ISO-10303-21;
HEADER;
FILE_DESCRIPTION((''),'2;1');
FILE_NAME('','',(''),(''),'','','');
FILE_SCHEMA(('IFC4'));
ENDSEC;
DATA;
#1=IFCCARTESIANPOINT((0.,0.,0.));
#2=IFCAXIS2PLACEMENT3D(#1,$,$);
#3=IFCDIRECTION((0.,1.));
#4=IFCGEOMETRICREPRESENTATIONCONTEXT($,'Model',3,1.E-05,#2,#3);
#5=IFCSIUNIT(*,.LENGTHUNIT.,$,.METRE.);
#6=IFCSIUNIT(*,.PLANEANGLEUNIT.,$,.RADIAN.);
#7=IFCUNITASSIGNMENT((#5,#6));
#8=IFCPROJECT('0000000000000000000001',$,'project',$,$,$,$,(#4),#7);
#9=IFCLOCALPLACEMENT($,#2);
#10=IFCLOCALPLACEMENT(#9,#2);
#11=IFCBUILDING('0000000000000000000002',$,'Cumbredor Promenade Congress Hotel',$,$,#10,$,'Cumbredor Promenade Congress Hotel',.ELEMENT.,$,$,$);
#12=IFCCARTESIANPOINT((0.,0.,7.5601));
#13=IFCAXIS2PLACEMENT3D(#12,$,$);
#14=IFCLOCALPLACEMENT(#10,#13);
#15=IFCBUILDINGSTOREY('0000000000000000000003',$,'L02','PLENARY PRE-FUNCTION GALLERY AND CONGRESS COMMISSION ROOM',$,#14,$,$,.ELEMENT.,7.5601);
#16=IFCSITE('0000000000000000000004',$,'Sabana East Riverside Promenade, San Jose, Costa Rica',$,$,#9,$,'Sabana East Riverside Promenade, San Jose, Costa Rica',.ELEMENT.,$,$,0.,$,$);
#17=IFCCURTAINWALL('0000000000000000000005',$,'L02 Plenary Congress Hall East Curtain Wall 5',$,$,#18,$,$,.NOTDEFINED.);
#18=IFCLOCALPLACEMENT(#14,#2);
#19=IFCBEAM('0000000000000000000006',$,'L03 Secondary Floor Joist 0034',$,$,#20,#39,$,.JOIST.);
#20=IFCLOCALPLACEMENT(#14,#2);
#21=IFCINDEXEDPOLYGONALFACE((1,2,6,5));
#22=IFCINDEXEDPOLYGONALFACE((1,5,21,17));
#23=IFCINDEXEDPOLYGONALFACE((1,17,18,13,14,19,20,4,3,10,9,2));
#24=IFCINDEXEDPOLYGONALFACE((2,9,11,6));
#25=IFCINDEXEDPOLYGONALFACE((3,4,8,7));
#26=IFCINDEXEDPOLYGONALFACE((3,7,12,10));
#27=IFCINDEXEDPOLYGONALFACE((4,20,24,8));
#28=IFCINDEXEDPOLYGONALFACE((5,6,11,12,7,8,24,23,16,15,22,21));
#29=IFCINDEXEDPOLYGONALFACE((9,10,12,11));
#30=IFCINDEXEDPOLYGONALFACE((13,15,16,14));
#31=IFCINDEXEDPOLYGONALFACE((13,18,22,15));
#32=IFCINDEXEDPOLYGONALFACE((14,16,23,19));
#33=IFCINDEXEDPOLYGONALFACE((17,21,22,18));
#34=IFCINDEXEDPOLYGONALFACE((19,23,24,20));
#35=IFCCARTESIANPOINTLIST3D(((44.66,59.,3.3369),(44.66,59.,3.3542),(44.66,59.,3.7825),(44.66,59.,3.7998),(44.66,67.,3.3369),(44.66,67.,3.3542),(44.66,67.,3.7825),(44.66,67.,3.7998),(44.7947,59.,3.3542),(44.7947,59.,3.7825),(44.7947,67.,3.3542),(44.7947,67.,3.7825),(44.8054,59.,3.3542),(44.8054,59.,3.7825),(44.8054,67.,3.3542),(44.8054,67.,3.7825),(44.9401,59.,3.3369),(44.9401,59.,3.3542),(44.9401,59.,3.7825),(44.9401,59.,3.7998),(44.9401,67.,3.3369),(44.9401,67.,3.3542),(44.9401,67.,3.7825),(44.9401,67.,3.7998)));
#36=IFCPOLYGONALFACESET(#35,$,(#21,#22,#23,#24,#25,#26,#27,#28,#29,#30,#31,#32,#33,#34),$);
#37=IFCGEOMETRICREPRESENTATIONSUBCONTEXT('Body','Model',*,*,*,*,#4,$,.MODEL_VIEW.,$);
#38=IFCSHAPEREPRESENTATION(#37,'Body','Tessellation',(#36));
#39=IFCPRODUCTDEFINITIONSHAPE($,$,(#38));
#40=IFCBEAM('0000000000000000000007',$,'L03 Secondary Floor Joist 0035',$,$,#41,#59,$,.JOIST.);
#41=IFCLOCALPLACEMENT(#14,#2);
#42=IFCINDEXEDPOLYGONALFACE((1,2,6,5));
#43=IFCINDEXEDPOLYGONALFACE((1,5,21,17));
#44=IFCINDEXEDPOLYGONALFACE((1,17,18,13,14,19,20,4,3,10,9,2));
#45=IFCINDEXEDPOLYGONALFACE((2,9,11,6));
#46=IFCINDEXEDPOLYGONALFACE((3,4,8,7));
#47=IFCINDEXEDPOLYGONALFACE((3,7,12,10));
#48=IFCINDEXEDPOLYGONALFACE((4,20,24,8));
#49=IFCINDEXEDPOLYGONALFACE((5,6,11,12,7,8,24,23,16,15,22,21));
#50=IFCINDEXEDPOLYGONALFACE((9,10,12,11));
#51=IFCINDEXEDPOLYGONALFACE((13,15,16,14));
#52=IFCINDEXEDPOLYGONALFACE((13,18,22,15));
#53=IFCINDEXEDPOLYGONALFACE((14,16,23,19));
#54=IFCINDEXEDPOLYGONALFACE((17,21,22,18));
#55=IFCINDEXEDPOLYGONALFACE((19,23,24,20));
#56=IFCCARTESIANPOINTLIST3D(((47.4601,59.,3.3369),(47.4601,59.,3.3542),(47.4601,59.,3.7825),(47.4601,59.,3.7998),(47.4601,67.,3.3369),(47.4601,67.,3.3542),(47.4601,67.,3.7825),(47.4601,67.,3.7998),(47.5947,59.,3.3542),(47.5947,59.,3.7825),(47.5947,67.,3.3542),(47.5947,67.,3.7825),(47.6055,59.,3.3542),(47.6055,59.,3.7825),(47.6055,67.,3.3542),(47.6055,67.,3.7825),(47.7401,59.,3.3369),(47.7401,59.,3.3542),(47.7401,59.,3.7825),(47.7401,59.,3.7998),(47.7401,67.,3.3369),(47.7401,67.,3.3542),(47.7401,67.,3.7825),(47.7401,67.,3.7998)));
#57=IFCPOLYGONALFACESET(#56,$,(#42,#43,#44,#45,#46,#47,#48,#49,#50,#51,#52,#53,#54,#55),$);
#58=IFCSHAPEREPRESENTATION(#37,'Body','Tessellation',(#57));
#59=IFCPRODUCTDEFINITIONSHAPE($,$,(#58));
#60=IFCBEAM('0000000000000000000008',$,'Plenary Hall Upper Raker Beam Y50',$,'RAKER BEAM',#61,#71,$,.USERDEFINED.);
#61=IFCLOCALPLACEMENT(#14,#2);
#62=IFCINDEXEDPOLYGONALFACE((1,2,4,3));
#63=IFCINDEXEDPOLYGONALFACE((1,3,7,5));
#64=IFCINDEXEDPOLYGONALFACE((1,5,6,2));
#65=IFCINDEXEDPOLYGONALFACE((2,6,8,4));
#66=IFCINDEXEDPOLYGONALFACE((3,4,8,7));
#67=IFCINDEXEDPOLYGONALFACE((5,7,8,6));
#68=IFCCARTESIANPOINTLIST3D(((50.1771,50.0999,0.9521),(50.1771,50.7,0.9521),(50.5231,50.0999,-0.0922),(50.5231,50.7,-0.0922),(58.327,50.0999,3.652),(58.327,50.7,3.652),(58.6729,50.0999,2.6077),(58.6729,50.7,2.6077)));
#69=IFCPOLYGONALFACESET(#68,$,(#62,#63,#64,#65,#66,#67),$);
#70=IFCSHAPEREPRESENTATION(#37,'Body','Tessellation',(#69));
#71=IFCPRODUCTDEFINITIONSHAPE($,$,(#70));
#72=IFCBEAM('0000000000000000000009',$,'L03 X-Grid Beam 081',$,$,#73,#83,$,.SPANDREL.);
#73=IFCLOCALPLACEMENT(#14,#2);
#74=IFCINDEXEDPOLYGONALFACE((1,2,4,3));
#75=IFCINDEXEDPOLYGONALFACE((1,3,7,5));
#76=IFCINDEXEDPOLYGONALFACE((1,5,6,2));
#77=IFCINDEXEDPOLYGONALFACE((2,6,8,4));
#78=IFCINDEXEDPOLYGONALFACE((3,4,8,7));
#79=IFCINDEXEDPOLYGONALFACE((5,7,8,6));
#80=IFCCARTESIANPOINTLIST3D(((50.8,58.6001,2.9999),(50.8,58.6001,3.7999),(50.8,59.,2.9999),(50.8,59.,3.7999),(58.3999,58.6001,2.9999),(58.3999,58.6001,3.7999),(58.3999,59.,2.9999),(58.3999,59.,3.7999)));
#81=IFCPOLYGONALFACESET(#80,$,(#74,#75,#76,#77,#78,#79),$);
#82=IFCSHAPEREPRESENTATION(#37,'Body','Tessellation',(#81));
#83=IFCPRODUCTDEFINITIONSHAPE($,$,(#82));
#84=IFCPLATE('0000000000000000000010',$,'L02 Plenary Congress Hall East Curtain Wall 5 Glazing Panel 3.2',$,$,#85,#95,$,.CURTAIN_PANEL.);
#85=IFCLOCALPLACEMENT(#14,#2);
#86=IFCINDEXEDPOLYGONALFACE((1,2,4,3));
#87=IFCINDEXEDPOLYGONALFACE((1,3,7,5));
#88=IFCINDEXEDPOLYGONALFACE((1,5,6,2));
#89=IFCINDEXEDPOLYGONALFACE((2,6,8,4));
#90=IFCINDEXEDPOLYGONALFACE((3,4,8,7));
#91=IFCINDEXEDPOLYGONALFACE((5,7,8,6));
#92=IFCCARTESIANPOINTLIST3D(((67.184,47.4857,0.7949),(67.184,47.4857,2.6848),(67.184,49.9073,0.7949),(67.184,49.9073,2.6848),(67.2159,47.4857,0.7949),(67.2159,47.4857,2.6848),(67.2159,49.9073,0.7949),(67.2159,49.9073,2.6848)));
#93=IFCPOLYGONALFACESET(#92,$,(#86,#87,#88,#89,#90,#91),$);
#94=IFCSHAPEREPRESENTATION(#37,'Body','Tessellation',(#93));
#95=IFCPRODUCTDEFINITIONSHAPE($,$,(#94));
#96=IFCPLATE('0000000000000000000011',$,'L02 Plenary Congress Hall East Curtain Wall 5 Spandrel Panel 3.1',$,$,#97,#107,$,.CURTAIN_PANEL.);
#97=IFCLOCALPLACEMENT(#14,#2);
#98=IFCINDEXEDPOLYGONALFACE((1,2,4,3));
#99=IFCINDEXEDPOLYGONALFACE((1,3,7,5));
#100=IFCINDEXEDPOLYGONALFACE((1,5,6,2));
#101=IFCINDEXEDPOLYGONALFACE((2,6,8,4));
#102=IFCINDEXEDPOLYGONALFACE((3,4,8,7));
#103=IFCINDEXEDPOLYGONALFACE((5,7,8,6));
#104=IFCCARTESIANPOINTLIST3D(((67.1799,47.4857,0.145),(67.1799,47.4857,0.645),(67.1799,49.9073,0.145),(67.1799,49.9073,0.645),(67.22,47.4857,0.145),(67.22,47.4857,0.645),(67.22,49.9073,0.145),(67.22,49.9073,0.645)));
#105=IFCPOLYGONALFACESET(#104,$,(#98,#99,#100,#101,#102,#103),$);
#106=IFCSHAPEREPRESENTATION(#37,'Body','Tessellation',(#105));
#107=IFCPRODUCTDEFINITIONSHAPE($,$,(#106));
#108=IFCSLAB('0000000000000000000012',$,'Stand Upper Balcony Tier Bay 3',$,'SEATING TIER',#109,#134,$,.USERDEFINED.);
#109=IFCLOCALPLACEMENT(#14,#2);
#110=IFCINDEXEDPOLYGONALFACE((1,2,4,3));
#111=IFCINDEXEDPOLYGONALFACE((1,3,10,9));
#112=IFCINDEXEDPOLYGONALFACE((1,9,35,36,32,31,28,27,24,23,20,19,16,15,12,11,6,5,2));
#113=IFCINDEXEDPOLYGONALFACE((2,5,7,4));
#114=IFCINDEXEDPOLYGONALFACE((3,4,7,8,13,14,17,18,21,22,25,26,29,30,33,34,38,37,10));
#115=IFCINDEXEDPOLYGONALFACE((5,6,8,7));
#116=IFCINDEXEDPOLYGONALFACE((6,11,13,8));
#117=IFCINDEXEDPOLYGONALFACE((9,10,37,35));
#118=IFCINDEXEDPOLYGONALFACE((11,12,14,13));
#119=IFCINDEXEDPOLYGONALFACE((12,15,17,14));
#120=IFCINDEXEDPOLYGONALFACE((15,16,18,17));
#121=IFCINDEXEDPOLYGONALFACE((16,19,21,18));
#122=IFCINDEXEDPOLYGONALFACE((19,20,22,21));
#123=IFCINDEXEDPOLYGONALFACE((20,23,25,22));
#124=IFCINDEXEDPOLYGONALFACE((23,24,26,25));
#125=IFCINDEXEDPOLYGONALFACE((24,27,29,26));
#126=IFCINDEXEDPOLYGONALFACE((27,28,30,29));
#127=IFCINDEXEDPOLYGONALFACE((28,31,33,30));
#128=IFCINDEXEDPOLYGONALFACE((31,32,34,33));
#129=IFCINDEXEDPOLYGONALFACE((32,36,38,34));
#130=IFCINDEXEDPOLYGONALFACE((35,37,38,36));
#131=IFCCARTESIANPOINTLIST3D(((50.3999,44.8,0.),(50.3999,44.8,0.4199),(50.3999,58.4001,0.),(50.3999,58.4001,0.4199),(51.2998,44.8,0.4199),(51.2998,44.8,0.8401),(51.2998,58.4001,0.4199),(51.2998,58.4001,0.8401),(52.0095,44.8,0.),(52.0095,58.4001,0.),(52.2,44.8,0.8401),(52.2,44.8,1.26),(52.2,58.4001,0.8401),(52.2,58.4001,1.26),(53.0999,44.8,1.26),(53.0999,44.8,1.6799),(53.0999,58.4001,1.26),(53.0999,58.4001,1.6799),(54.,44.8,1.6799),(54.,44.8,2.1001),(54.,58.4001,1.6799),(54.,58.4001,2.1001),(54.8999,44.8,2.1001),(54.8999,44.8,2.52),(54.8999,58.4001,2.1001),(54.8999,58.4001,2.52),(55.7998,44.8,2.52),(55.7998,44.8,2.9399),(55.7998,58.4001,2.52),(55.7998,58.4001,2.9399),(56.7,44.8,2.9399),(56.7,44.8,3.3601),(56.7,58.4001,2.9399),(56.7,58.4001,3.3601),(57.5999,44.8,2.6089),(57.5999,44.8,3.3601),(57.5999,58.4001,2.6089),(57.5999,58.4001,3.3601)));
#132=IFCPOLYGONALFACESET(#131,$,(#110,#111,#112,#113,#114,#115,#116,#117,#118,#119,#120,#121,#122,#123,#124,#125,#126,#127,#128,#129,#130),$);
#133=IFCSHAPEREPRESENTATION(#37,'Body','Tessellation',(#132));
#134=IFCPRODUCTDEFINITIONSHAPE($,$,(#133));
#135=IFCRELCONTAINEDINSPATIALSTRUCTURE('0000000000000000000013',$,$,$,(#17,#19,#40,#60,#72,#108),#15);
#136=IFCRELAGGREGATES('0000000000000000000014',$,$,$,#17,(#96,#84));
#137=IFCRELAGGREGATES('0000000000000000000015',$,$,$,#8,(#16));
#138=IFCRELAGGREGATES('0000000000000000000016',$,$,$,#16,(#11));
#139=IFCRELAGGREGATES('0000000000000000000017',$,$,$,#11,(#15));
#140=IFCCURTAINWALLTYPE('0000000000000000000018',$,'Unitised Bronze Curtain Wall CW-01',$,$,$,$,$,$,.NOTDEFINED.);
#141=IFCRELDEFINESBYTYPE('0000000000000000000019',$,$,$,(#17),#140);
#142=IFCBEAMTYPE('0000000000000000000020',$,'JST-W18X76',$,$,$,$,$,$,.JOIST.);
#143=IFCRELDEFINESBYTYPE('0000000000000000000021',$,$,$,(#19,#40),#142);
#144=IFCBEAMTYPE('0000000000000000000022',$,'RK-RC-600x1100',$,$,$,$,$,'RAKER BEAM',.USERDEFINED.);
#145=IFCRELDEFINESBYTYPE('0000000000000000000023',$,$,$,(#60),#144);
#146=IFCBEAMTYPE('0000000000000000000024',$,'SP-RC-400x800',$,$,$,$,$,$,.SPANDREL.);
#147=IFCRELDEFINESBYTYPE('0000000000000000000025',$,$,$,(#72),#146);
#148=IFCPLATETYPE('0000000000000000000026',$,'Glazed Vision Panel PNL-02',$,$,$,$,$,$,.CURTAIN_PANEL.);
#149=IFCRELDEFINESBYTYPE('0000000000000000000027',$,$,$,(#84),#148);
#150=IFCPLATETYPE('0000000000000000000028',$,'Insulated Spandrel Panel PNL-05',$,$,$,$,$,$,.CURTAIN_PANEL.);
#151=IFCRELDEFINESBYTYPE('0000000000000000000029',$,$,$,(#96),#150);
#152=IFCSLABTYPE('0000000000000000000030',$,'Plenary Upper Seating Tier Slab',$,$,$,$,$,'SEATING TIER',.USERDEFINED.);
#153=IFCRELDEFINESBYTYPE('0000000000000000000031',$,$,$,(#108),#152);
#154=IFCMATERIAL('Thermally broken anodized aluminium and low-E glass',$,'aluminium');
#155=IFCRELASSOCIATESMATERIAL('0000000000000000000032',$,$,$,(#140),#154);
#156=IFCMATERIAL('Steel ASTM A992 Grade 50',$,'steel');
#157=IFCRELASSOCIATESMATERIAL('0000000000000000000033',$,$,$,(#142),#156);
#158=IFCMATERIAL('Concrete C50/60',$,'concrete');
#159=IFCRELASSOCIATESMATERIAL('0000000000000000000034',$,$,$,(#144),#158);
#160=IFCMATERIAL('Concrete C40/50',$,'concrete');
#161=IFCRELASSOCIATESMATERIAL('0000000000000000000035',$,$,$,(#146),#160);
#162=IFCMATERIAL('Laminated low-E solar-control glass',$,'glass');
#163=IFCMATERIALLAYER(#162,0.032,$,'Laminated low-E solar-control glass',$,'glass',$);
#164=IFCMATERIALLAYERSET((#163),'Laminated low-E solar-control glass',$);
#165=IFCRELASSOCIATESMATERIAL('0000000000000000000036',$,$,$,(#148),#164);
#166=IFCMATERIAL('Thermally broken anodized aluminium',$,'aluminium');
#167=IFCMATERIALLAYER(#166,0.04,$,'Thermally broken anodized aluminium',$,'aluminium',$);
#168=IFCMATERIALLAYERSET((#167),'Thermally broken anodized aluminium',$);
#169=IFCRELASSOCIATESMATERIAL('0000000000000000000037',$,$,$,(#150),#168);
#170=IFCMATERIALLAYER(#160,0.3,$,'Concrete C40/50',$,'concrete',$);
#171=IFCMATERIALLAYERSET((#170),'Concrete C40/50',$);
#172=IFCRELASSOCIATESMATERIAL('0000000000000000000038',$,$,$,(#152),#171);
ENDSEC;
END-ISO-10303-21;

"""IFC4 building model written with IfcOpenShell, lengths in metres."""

from ifc_helpers import new_model, si_unit, direction, frame, origin, origin_2d, place, context, subcontext, project, spatial, polyline, rectangle, i_section, outline, extrude, material, layer, layer_set, material_profile, profile_set, type_object, element, aggregate, save


model = new_model("IFC4")

# Units and contexts
model_context = context("Model", 3, precision=1e-05, world=origin(), true_north=direction((0.0, 1.0)))
body_context = subcontext(model_context, "Body", "Model", "MODEL_VIEW")
ifc_project = project(units=[si_unit("LENGTHUNIT", "METRE"), si_unit("PLANEANGLEUNIT", "RADIAN")], contexts=[model_context])

# Site, building, storey
site_placement = place(None, origin())
site = spatial("IfcSite", under=ifc_project, at=site_placement, Name="Sabana East Riverside Promenade, San Jose, Costa Rica", LongName="Sabana East Riverside Promenade, San Jose, Costa Rica", CompositionType="ELEMENT", RefElevation=0.0)
building_placement = place(site_placement, origin())
building = spatial("IfcBuilding", under=site, at=building_placement, Name="Cumbredor Promenade Congress Hotel", LongName="Cumbredor Promenade Congress Hotel", CompositionType="ELEMENT")
storey_placement = place(building_placement, frame((0.0, 0.0, 7.5601)))
storey = spatial("IfcBuildingStorey", under=building, at=storey_placement, Name="L02", Description="PLENARY PRE-FUNCTION GALLERY AND CONGRESS COMMISSION ROOM", CompositionType="ELEMENT", Elevation=7.5601)

# Shared definitions
ifc_material_1 = material(Name="Concrete C40/50", Category="concrete")
ifc_material_2 = material(Name="Concrete C50/60", Category="concrete")

# Shared definitions
ifc_material_3 = material(Name="Steel ASTM A992 Grade 50", Category="steel")

# Curtain wall
ifc_material_4 = material(Name="Thermally broken anodized aluminium and low-E glass", Category="aluminium")
curtain_wall_type = type_object("IfcCurtainWallType", Name="Unitised Bronze Curtain Wall CW-01", PredefinedType="NOTDEFINED", material=ifc_material_4)
curtain_wall_1_placement = place(storey_placement, origin())
curtain_wall_1 = element("IfcCurtainWall", 1, at=curtain_wall_1_placement, inside=storey, type_object=curtain_wall_type, Name="L02 Plenary Congress Hall East Curtain Wall 5", PredefinedType="NOTDEFINED")
ifc_material_5 = material(Name="Thermally broken anodized aluminium", Category="aluminium")

# Beams
ifc_material_profile_1 = material_profile(ifc_material_3, i_section(OverallWidth=0.28, OverallDepth=0.4629, WebThickness=0.0107, FlangeThickness=0.0173, at=origin_2d()), Name="W18X76")
ifc_profile_set_1 = profile_set([ifc_material_profile_1], Name="Steel ASTM A992 Grade 50")
beam_type_1 = type_object("IfcBeamType", Name="JST-W18X76", PredefinedType="JOIST", material=ifc_profile_set_1)
for number, where, z_axis, x_axis, name in (
    (2, (44.8, 59.0, 3.5684), (0.0, 1.0, 0.0), (-1.0, 0.0, 0.0), "L03 Secondary Floor Joist 0034"),
    (3, (47.6001, 59.0, 3.5684), (0.0, 1.0, 0.0), (-1.0, 0.0, 0.0), "L03 Secondary Floor Joist 0035"),
):
    element("IfcBeam", number, at=place(storey_placement, frame(where, z_axis=z_axis, x_axis=x_axis)), inside=storey, type_object=beam_type_1, Name=name, PredefinedType="JOIST", context=body_context, shape_type="SweptSolid", body=[
        extrude(i_section(OverallWidth=0.28, OverallDepth=0.4629, WebThickness=0.0107, FlangeThickness=0.0173, at=origin_2d()), origin(), (0.0, 0.0, 1.0), 8.0),
    ])
ifc_material_profile_2 = material_profile(ifc_material_2, rectangle(XDim=0.6001, YDim=1.1001, at=origin_2d()), Name="RC RAKER 600x1100")
ifc_profile_set_2 = profile_set([ifc_material_profile_2], Name="Concrete C50/60")
beam_type_2 = type_object("IfcBeamType", Name="RK-RC-600x1100", ElementType="RAKER BEAM", PredefinedType="USERDEFINED", material=ifc_profile_set_2)
beam_1_placement = place(storey_placement, frame((50.3501, 50.3999, 0.4299), z_axis=(0.949265, 0.0, 0.314478), x_axis=(0.0, 1.0, 0.0)))
element("IfcBeam", 4, at=beam_1_placement, inside=storey, type_object=beam_type_2, Name="Plenary Hall Upper Raker Beam Y50", ObjectType="RAKER BEAM", PredefinedType="USERDEFINED", context=body_context, shape_type="SweptSolid", body=[
    extrude(rectangle(XDim=0.6001, YDim=1.1001, at=origin_2d()), origin(), (0.0, 0.0, 1.0), 8.5854),
])
ifc_material_profile_3 = material_profile(ifc_material_1, rectangle(XDim=0.3999, YDim=0.8, at=origin_2d()), Name="RC SPANDREL 400x800")
ifc_profile_set_3 = profile_set([ifc_material_profile_3], Name="Concrete C40/50")
beam_type_3 = type_object("IfcBeamType", Name="SP-RC-400x800", PredefinedType="SPANDREL", material=ifc_profile_set_3)
beam_2_placement = place(storey_placement, frame((50.8, 58.8, 3.3999), z_axis=(1.0, 0.0, 0.0), x_axis=(0.0, 1.0, 0.0)))
element("IfcBeam", 5, at=beam_2_placement, inside=storey, type_object=beam_type_3, Name="L03 X-Grid Beam 081", PredefinedType="SPANDREL", context=body_context, shape_type="SweptSolid", body=[
    extrude(rectangle(XDim=0.3999, YDim=0.8, at=origin_2d()), origin(), (0.0, 0.0, 1.0), 7.5999),
])

# Plates
ifc_material_6 = material(Name="Laminated low-E solar-control glass", Category="glass")
ifc_layer_1 = layer(ifc_material_6, 0.032, Name="Laminated low-E solar-control glass", Category="glass")
ifc_layer_set_1 = layer_set([ifc_layer_1], Name="Laminated low-E solar-control glass")
plate_type_1 = type_object("IfcPlateType", Name="Glazed Vision Panel PNL-02", PredefinedType="CURTAIN_PANEL", material=ifc_layer_set_1)
plate_1_placement = place(storey_placement, frame((67.2, 48.6965, 0.7949), z_axis=(0.0, 0.0, 1.0), x_axis=(0.0, 1.0, 0.0)))
plate_1 = element("IfcPlate", 6, at=plate_1_placement, type_object=plate_type_1, Name="L02 Plenary Congress Hall East Curtain Wall 5 Glazing Panel 3.2", PredefinedType="CURTAIN_PANEL", context=body_context, shape_type="SweptSolid", body=[
    extrude(rectangle(XDim=2.4216, YDim=0.032, at=origin_2d()), origin(), (0.0, 0.0, 1.0), 1.8899),
])
ifc_layer_2 = layer(ifc_material_5, 0.04, Name="Thermally broken anodized aluminium", Category="aluminium")
ifc_layer_set_2 = layer_set([ifc_layer_2], Name="Thermally broken anodized aluminium")
plate_type_2 = type_object("IfcPlateType", Name="Insulated Spandrel Panel PNL-05", PredefinedType="CURTAIN_PANEL", material=ifc_layer_set_2)
plate_2_placement = place(storey_placement, frame((67.2, 48.6965, 0.145), z_axis=(0.0, 0.0, 1.0), x_axis=(0.0, 1.0, 0.0)))
plate_2 = element("IfcPlate", 7, at=plate_2_placement, type_object=plate_type_2, Name="L02 Plenary Congress Hall East Curtain Wall 5 Spandrel Panel 3.1", PredefinedType="CURTAIN_PANEL", context=body_context, shape_type="SweptSolid", body=[
    extrude(rectangle(XDim=2.4216, YDim=0.04, at=origin_2d()), origin(), (0.0, 0.0, 1.0), 0.5),
])
aggregate(curtain_wall_1, [plate_2, plate_1])

# Slab
ifc_layer_3 = layer(ifc_material_1, 0.3, Name="Concrete C40/50", Category="concrete")
ifc_layer_set_3 = layer_set([ifc_layer_3], Name="Concrete C40/50")
slab_type = type_object("IfcSlabType", Name="Plenary Upper Seating Tier Slab", ElementType="SEATING TIER", PredefinedType="USERDEFINED", material=ifc_layer_set_3)
slab_placement = place(storey_placement, frame((50.3999, 51.6001, 0.0), z_axis=(0.0, 0.0, 1.0), x_axis=(1.0, 0.0, 0.0)))
element("IfcSlab", 8, at=slab_placement, inside=storey, type_object=slab_type, Name="Stand Upper Balcony Tier Bay 3", ObjectType="SEATING TIER", PredefinedType="USERDEFINED", context=body_context, shape_type="SweptSolid", body=[
    extrude(outline(polyline([(0.0, 0.0), (0.0, 0.4199), (0.8999, 0.4199), (0.8999, 0.8401), (1.8, 0.8401), (1.8, 1.26), (2.7, 1.26), (2.7, 1.6799), (3.6001, 1.6799), (3.6001, 2.1001), (4.5, 2.1001), (4.5, 2.52), (5.3999, 2.52), (5.3999, 2.9399), (6.3, 2.9399), (6.3, 3.3601), (7.2, 3.3601), (7.2, 2.6089), (1.6096, 0.0), (0.0, 0.0)])), frame((0.0, 6.8, 0.0), z_axis=(0.0, -1.0, 0.0), x_axis=(1.0, 0.0, 0.0)), (0.0, 0.0, 1.0), 13.6001),
])

save(model, "model.ifc")
